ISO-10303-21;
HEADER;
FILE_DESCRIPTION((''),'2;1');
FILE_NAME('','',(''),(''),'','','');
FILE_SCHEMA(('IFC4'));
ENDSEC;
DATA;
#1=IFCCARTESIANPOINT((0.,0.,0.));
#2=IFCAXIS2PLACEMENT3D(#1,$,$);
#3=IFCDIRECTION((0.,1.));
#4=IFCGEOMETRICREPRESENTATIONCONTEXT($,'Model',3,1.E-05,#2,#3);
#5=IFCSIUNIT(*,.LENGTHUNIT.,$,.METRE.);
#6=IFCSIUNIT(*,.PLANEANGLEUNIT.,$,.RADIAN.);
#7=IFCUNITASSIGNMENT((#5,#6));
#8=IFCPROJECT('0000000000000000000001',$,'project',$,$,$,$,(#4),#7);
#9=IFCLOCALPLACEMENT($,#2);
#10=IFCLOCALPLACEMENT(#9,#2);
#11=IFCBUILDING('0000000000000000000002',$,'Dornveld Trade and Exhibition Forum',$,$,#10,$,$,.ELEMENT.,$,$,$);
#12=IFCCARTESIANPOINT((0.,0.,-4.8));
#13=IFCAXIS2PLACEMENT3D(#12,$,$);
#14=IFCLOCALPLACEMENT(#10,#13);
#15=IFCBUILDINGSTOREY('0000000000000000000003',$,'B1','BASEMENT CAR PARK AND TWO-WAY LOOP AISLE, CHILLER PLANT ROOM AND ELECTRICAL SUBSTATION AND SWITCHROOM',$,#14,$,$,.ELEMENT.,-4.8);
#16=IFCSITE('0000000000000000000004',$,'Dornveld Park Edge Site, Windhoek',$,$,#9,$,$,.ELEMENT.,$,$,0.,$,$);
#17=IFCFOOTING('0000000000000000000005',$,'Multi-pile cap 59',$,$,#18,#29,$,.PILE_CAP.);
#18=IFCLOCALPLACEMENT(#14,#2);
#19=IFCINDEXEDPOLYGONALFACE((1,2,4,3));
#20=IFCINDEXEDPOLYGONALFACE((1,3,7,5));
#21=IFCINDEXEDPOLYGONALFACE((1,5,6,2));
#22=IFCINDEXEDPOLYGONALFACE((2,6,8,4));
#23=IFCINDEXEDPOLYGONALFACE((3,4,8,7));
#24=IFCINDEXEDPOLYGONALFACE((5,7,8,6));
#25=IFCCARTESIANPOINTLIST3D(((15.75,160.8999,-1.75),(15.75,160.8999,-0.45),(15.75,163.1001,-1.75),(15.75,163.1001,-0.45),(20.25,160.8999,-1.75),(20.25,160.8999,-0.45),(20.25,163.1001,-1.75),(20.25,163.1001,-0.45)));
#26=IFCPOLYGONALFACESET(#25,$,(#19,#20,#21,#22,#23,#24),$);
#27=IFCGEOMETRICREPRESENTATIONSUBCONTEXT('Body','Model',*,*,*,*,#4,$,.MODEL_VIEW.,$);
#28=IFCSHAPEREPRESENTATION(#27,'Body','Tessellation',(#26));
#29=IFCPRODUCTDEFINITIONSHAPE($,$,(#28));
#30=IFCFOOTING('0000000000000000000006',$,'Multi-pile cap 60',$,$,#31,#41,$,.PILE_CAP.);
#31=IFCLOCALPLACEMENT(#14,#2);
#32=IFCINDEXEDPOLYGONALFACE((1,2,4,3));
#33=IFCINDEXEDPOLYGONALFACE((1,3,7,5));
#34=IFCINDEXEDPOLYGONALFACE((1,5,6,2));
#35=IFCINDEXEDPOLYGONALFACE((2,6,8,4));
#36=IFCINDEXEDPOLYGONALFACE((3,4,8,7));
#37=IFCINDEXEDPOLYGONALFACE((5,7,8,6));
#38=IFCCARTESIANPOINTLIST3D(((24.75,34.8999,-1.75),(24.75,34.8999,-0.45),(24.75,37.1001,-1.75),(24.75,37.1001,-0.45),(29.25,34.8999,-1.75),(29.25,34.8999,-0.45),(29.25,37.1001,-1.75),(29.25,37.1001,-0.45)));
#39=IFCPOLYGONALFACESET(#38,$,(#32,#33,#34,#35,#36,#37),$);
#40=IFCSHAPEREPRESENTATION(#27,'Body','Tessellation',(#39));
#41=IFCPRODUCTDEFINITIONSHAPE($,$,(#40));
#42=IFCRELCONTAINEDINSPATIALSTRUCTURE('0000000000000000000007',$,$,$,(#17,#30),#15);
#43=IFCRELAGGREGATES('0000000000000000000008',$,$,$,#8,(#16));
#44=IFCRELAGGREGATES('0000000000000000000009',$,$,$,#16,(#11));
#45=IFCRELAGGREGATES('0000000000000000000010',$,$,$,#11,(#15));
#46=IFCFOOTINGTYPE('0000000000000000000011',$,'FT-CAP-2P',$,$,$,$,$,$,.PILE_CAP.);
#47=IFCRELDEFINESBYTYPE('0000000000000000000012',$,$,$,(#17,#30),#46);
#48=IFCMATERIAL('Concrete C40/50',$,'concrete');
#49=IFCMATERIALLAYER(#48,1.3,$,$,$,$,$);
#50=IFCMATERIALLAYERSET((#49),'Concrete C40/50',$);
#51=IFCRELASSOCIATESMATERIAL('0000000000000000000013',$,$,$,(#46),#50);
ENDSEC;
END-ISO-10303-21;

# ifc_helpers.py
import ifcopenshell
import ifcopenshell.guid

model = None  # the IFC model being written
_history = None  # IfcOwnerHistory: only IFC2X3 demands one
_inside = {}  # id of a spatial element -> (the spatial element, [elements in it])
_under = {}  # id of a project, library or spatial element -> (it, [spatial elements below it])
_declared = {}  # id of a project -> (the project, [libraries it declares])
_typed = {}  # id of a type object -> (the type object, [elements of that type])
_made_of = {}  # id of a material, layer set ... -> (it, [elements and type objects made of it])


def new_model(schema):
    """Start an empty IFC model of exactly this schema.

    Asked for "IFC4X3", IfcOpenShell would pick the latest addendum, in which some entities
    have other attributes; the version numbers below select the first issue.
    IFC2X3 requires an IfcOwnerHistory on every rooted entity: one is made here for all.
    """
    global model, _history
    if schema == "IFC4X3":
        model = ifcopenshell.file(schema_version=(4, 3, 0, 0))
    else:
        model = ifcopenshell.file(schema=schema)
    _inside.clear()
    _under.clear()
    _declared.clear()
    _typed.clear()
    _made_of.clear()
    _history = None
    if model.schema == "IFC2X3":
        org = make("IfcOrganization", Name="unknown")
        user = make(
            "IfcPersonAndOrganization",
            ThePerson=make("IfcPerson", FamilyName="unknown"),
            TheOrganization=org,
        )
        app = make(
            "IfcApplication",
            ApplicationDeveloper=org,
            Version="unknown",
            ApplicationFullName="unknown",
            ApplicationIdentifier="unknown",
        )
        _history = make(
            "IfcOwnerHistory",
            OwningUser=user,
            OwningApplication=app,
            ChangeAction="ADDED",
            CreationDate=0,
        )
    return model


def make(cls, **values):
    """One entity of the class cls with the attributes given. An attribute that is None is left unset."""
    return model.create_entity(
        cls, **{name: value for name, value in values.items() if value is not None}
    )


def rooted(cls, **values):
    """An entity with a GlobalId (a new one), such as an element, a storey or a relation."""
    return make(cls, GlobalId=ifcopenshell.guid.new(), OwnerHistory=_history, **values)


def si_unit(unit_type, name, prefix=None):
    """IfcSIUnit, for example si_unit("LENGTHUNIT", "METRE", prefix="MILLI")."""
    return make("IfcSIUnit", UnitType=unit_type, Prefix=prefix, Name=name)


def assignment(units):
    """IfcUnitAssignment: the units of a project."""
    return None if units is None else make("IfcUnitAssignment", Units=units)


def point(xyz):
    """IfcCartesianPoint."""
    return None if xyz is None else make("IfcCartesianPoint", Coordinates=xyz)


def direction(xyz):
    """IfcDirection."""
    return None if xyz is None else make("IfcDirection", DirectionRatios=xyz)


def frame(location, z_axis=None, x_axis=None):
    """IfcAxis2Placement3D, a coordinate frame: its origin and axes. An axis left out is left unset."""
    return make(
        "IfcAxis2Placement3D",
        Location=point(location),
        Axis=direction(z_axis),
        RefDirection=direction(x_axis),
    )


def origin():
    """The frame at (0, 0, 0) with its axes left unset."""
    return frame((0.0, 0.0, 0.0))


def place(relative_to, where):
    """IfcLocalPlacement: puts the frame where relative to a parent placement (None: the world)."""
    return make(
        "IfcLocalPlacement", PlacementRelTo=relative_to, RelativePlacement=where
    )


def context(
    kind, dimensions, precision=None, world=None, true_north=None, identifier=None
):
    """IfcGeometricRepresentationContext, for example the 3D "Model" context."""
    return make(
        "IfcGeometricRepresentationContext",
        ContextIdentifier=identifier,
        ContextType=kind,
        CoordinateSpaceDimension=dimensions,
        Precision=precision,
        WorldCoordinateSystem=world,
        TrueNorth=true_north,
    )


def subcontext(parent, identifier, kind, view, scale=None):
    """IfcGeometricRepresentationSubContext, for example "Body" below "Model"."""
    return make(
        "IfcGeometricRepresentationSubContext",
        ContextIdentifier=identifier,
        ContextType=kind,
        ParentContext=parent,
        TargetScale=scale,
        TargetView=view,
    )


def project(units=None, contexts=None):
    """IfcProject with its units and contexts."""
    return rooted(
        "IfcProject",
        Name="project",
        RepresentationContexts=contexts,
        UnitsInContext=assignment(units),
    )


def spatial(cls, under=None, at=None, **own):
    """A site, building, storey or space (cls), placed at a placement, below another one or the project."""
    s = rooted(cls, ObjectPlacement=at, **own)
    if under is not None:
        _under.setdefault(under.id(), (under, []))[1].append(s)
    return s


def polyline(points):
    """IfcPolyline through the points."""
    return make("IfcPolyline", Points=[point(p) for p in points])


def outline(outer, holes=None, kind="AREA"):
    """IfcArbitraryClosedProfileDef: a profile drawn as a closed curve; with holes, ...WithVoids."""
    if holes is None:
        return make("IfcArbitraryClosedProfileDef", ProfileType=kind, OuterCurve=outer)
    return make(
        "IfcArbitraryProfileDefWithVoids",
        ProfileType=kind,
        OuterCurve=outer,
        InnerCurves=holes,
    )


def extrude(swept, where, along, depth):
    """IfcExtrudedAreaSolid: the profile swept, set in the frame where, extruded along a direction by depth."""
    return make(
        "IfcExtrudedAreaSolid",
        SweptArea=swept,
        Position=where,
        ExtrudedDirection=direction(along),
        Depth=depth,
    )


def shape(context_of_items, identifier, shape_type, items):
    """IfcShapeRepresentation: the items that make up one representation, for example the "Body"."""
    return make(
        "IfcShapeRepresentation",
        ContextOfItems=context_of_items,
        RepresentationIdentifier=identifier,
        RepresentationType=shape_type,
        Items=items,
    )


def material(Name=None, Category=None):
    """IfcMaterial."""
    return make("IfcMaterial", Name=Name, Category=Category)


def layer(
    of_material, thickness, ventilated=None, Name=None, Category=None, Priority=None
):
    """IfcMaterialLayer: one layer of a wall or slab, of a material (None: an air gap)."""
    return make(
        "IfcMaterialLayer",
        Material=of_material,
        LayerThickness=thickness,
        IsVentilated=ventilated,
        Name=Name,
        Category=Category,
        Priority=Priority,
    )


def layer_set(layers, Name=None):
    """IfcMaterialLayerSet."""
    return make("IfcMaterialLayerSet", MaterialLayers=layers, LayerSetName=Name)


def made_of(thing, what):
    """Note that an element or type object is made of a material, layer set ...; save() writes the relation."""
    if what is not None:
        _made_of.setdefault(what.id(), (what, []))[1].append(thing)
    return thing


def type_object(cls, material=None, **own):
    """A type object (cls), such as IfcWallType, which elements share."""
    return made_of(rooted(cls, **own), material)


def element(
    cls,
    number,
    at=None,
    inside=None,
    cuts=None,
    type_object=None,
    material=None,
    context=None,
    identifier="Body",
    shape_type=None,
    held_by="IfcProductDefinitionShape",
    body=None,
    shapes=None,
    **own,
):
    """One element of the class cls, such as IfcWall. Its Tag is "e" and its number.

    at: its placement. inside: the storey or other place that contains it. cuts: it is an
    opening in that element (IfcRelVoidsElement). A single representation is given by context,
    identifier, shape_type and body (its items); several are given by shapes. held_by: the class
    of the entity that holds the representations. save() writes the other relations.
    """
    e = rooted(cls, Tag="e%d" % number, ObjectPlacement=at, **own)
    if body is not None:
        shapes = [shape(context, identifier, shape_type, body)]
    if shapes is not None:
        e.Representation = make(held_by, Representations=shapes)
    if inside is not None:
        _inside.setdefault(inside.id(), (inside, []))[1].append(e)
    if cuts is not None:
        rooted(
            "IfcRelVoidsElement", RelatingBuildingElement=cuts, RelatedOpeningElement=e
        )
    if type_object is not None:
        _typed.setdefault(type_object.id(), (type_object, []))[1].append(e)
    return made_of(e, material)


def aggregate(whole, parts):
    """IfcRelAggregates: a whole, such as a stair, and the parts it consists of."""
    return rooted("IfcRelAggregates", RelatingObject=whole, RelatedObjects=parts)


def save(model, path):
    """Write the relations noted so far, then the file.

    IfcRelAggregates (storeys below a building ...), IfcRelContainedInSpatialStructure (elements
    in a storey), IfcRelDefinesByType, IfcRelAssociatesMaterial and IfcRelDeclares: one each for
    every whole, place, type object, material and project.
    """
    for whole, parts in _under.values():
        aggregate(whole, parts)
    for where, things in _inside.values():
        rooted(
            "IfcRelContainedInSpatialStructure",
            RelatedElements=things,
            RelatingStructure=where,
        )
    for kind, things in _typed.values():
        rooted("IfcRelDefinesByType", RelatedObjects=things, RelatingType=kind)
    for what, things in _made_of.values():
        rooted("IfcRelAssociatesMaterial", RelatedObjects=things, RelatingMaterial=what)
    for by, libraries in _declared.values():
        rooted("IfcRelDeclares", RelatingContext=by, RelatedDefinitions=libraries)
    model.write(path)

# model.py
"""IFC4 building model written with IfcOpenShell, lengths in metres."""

from ifc_helpers import new_model, si_unit, direction, frame, origin, place, context, subcontext, project, spatial, polyline, outline, extrude, material, layer, layer_set, type_object, element, save


model = new_model("IFC4")

# Units and contexts
model_context = context("Model", 3, precision=1e-05, world=origin(), true_north=direction((0.0, 1.0)))
body_context = subcontext(model_context, "Body", "Model", "MODEL_VIEW")
ifc_project = project(units=[si_unit("LENGTHUNIT", "METRE"), si_unit("PLANEANGLEUNIT", "RADIAN")], contexts=[model_context])

# Site, building, storey
site_placement = place(None, origin())
site = spatial("IfcSite", under=ifc_project, at=site_placement, Name="Dornveld Park Edge Site, Windhoek", CompositionType="ELEMENT", RefElevation=0.0)
building_placement = place(site_placement, origin())
building = spatial("IfcBuilding", under=site, at=building_placement, Name="Dornveld Trade and Exhibition Forum", CompositionType="ELEMENT")
storey_placement = place(building_placement, frame((0.0, 0.0, -4.8)))
storey = spatial("IfcBuildingStorey", under=building, at=storey_placement, Name="B1", Description="BASEMENT CAR PARK AND TWO-WAY LOOP AISLE, CHILLER PLANT ROOM AND ELECTRICAL SUBSTATION AND SWITCHROOM", CompositionType="ELEMENT", Elevation=-4.8)

# Footings
ifc_material = material(Name="Concrete C40/50", Category="concrete")
ifc_layer = layer(ifc_material, 1.3)
ifc_layer_set = layer_set([ifc_layer], Name="Concrete C40/50")
footing_type = type_object("IfcFootingType", Name="FT-CAP-2P", PredefinedType="PILE_CAP", material=ifc_layer_set)
footing_1_placement = place(storey_placement, frame((0.0, 0.0, -1.75)))
element("IfcFooting", 1, at=footing_1_placement, inside=storey, type_object=footing_type, Name="Multi-pile cap 59", PredefinedType="PILE_CAP", context=body_context, shape_type="SweptSolid", body=[
    extrude(outline(polyline([(15.75, 160.8999), (20.25, 160.8999), (20.25, 163.1001), (15.75, 163.1001), (15.75, 160.8999)])), origin(), (0.0, 0.0, 1.0), 1.3),
])
footing_2_placement = place(storey_placement, frame((0.0, 0.0, -1.75)))
element("IfcFooting", 2, at=footing_2_placement, inside=storey, type_object=footing_type, Name="Multi-pile cap 60", PredefinedType="PILE_CAP", context=body_context, shape_type="SweptSolid", body=[
    extrude(outline(polyline([(24.75, 34.8999), (29.25, 34.8999), (29.25, 37.1001), (24.75, 37.1001), (24.75, 34.8999)])), origin(), (0.0, 0.0, 1.0), 1.3),
])

save(model, "model.ifc")
